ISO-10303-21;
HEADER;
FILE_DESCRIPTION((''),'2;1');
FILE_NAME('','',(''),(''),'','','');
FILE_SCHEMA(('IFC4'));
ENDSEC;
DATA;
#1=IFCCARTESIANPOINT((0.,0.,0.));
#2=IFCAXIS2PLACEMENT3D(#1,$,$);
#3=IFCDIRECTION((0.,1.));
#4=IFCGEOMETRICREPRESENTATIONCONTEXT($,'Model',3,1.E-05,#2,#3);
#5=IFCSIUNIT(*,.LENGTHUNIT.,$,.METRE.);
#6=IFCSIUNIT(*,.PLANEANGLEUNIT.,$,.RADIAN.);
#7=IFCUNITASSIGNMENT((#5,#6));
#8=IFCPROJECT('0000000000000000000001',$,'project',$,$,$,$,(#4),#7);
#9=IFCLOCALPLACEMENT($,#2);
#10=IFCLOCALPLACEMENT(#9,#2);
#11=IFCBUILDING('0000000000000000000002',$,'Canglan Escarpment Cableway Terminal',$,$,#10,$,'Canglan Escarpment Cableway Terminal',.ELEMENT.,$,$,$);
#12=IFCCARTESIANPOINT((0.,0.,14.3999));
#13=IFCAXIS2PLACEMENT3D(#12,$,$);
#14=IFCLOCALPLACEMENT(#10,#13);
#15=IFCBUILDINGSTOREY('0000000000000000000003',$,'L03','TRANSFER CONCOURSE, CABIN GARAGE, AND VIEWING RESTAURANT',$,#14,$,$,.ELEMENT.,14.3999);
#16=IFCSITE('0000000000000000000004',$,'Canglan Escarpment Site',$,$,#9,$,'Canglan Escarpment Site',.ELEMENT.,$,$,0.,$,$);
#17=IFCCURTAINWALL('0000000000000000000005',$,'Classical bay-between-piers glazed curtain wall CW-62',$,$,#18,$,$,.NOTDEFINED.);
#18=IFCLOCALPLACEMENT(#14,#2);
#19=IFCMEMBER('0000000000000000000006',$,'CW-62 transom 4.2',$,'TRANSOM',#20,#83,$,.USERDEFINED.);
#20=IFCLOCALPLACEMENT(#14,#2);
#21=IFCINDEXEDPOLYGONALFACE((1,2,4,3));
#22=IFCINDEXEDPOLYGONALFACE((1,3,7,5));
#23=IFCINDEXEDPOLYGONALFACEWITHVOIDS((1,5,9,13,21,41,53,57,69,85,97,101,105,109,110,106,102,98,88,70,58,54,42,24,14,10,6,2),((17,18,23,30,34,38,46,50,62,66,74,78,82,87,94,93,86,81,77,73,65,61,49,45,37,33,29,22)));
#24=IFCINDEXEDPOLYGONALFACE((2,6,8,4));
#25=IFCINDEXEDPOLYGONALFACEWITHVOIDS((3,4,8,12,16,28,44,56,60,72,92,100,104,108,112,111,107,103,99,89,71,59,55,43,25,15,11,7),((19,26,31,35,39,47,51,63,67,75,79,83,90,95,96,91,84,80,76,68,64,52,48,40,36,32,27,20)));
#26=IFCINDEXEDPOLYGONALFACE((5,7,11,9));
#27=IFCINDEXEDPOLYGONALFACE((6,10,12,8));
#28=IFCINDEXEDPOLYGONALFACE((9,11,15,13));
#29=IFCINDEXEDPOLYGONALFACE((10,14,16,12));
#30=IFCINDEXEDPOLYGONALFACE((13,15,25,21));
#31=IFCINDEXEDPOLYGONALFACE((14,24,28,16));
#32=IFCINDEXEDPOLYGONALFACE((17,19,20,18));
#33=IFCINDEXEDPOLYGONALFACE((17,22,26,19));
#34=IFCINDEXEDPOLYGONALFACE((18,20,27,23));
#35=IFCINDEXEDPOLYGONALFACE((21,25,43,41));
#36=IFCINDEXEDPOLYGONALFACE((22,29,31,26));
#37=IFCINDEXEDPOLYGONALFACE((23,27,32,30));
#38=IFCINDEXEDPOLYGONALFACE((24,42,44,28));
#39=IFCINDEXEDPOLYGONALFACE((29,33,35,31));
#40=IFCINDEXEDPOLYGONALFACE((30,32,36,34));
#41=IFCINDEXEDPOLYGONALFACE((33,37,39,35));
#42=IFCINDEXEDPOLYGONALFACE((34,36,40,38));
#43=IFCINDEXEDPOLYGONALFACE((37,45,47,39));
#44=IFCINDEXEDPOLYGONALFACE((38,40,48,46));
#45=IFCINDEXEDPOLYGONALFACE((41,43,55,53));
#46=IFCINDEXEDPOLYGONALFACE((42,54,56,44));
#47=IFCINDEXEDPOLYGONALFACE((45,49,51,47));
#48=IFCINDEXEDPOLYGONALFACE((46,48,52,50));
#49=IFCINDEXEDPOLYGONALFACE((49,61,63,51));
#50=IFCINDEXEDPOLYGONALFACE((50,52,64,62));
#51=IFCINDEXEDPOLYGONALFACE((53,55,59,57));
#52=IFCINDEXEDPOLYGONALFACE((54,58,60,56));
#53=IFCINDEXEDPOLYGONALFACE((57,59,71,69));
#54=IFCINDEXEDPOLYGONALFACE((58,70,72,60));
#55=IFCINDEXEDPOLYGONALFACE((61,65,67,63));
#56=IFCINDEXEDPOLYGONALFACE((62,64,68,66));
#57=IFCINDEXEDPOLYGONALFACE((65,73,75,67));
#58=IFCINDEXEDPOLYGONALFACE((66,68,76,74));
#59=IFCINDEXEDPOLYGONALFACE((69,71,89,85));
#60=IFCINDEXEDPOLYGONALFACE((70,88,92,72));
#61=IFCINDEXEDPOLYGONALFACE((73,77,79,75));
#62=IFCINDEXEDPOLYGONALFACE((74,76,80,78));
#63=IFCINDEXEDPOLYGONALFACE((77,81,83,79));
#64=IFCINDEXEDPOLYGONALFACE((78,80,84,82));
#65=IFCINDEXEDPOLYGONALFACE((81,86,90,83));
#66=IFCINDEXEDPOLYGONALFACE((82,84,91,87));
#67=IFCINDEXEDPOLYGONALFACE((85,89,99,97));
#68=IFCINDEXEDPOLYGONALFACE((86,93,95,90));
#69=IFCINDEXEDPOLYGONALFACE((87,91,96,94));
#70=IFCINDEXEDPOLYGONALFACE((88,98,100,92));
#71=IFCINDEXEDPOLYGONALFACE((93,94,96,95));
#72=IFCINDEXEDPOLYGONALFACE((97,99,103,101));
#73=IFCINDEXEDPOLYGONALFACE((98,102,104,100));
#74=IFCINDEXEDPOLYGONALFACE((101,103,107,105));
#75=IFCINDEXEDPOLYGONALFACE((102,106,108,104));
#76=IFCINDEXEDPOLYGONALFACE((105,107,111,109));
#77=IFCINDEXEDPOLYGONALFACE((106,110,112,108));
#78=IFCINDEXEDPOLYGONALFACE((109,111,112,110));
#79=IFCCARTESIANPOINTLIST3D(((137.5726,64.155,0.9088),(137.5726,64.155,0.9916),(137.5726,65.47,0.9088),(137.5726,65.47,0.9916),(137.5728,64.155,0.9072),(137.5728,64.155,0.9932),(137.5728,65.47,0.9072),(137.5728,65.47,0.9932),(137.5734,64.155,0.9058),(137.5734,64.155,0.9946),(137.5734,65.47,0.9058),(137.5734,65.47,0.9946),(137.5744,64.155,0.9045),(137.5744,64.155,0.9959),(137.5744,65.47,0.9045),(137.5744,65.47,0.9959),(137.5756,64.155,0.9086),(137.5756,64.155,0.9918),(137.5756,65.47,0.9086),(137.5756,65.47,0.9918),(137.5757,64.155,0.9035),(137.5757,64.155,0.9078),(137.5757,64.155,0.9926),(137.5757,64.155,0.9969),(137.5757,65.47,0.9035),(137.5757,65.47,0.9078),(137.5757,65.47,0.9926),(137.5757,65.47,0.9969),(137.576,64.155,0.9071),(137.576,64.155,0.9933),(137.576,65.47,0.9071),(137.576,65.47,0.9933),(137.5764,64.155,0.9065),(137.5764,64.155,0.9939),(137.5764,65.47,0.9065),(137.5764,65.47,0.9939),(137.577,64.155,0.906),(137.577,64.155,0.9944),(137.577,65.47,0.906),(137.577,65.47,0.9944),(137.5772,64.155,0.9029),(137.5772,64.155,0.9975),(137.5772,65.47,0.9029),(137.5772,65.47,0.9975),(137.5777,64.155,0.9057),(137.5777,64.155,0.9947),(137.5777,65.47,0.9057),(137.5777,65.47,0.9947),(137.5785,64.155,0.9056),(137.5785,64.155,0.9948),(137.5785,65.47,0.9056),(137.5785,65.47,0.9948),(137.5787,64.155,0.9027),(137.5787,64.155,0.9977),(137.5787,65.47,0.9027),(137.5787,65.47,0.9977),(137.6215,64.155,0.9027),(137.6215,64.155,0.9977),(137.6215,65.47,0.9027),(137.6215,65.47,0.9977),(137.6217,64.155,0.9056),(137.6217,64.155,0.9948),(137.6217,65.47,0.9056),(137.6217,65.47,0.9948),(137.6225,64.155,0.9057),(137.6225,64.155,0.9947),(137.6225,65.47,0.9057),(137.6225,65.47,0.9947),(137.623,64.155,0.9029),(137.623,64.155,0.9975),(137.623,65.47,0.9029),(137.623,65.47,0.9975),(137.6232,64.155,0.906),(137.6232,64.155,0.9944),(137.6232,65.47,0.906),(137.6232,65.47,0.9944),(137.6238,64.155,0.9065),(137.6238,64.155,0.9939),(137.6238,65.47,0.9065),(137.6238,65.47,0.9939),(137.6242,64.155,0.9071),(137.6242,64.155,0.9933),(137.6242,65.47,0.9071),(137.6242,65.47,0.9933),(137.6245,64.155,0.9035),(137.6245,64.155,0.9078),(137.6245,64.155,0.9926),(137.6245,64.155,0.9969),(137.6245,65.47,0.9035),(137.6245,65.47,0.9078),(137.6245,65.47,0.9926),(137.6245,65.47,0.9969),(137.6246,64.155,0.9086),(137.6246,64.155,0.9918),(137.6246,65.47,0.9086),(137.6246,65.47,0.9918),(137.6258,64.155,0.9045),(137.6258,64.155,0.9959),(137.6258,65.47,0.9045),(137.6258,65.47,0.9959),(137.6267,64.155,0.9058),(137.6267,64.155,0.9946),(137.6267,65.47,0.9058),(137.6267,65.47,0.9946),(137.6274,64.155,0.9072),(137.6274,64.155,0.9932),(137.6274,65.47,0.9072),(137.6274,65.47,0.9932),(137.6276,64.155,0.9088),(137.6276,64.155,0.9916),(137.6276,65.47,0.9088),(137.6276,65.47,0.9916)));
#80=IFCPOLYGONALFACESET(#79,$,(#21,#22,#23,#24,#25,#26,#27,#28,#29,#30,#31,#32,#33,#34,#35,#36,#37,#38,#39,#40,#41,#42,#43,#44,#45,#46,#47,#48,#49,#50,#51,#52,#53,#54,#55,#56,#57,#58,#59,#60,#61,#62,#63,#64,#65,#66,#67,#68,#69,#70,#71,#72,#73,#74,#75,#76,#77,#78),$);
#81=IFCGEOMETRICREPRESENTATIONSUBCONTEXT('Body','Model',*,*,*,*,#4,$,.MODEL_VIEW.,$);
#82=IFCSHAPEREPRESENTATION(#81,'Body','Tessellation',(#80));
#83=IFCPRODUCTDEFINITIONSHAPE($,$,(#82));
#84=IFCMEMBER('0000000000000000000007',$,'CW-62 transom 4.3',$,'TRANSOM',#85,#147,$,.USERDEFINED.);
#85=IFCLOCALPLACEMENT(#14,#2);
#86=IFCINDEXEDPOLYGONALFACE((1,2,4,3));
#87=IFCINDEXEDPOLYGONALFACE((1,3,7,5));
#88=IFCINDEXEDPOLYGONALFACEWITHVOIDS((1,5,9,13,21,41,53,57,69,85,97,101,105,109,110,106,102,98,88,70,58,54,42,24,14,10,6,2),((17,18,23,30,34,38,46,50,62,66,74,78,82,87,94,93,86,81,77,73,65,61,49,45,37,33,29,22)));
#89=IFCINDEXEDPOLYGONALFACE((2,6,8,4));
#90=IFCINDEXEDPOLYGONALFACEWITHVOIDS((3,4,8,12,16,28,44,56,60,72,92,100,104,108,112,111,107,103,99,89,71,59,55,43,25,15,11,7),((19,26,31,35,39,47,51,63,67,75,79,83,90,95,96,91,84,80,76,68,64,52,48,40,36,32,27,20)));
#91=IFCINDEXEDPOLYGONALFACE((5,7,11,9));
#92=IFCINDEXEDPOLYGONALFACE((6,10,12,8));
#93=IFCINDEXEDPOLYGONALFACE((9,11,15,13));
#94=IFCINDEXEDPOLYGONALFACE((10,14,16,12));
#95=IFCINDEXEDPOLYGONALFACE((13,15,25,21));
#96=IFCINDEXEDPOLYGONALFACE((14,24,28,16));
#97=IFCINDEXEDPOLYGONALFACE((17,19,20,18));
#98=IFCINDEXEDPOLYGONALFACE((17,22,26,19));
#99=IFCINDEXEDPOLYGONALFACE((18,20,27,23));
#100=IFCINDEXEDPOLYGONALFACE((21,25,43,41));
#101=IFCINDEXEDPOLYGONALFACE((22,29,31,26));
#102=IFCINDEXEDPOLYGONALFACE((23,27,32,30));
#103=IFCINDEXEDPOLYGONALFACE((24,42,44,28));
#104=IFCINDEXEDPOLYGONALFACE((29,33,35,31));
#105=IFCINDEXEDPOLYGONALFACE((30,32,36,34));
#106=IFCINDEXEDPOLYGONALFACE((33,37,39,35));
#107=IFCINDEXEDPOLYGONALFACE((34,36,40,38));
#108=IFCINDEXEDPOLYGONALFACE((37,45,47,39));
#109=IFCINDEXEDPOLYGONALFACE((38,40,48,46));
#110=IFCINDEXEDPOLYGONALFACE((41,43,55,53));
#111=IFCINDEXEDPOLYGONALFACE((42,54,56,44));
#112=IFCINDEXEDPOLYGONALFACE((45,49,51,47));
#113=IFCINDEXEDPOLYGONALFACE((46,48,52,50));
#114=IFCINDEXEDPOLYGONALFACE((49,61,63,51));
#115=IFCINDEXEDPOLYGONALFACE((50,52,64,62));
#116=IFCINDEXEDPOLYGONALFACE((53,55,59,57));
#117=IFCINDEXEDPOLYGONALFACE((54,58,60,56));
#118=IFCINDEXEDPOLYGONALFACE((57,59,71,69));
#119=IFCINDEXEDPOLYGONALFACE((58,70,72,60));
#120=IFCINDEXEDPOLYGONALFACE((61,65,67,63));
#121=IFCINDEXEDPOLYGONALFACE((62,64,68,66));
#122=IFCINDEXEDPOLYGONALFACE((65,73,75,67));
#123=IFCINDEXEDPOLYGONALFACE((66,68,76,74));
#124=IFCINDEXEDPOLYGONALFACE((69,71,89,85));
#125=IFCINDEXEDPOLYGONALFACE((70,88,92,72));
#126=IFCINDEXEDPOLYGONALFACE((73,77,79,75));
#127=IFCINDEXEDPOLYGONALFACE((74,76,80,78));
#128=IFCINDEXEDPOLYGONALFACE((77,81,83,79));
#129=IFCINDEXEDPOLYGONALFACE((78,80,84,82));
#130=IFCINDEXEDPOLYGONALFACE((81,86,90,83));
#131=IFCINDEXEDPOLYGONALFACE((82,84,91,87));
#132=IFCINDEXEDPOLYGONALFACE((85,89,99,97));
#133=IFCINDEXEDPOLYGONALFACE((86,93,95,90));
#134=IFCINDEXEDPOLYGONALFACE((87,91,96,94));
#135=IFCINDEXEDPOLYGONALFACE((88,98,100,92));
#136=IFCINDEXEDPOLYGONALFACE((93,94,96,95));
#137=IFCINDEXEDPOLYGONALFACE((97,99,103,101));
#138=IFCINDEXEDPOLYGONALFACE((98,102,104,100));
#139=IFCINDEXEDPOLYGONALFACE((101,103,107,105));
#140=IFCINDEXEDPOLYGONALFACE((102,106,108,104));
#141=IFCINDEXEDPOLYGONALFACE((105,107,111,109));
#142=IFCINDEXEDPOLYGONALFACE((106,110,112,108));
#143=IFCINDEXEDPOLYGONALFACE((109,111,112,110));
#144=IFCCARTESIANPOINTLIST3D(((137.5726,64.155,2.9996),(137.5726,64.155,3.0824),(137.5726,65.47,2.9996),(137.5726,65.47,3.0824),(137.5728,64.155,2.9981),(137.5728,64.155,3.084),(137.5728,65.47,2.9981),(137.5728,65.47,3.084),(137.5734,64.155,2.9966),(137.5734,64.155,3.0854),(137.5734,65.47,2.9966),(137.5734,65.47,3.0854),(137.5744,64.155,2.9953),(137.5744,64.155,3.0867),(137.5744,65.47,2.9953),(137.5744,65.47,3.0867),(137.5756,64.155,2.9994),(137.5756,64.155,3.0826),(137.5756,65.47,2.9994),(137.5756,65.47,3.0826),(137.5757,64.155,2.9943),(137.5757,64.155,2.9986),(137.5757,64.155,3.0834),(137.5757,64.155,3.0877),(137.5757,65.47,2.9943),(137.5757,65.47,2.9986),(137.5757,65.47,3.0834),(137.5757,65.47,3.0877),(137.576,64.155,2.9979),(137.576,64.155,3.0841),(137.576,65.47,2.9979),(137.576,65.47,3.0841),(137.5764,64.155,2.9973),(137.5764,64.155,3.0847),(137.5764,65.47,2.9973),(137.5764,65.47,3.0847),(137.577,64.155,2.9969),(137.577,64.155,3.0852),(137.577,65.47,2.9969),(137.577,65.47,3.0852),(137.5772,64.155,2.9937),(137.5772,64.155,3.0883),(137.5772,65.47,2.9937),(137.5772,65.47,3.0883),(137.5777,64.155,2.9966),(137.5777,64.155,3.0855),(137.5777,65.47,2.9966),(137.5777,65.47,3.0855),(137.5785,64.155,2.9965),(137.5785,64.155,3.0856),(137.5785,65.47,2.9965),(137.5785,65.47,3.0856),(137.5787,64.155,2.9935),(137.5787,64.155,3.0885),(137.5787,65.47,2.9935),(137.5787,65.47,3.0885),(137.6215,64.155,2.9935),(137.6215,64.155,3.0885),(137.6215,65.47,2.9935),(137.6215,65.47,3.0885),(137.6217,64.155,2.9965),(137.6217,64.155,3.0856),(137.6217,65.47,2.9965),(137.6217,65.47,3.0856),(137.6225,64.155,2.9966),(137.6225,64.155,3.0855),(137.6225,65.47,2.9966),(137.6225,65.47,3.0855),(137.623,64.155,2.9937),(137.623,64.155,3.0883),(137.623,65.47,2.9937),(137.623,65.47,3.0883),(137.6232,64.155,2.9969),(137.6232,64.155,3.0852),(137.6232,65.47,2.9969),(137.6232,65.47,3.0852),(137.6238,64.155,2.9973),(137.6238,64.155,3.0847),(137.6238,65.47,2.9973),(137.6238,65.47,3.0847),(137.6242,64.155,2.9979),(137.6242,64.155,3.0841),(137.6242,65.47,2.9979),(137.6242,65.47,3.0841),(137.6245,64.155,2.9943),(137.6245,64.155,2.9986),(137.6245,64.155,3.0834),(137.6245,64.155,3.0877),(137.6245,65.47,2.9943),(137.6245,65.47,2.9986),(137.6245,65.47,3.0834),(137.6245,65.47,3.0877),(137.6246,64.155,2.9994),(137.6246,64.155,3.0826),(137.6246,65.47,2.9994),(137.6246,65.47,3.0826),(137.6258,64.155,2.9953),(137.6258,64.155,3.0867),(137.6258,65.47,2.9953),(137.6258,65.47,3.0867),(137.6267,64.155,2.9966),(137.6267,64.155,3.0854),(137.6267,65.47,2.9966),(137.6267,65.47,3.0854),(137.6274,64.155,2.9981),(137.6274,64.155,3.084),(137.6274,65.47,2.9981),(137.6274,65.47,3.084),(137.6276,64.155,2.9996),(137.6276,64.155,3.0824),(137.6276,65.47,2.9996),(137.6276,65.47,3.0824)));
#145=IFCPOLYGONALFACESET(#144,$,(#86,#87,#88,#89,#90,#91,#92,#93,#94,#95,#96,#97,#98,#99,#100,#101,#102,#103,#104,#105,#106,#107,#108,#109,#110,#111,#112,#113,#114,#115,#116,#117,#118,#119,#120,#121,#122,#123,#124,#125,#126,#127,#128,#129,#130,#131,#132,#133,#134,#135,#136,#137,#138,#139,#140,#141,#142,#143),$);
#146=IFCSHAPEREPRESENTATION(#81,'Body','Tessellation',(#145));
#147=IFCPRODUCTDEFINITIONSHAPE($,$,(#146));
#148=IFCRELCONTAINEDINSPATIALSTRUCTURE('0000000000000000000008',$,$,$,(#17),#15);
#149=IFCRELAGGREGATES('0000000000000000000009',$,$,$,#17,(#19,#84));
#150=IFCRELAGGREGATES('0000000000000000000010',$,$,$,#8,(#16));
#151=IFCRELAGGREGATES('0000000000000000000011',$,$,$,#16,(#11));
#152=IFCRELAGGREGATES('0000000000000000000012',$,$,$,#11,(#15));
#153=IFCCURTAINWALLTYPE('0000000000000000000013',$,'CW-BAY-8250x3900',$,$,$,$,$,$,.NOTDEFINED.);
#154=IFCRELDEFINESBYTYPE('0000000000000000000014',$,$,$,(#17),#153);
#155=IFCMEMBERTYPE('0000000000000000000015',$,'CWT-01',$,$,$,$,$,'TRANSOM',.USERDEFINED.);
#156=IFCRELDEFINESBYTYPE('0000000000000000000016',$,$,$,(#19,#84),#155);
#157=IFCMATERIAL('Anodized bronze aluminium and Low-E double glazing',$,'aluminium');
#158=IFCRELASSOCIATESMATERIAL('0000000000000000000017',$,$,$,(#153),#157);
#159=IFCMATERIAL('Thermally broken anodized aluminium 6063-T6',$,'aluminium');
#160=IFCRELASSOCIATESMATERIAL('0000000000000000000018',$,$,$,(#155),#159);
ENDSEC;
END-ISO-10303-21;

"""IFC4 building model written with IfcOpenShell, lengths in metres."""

from ifc_helpers import new_model, si_unit, direction, frame, origin, origin_2d, place, context, subcontext, project, spatial, hollow_rectangle, extrude, material, material_profile, profile_set, type_object, element, aggregate, save


model = new_model("IFC4")

# Units and contexts
model_context = context("Model", 3, precision=1e-05, world=origin(), true_north=direction((0.0, 1.0)))
body_context = subcontext(model_context, "Body", "Model", "MODEL_VIEW")
ifc_project = project(units=[si_unit("LENGTHUNIT", "METRE"), si_unit("PLANEANGLEUNIT", "RADIAN")], contexts=[model_context])

# Site, building, storey
site_placement = place(None, origin())
site = spatial("IfcSite", under=ifc_project, at=site_placement, Name="Canglan Escarpment Site", LongName="Canglan Escarpment Site", CompositionType="ELEMENT", RefElevation=0.0)
building_placement = place(site_placement, origin())
building = spatial("IfcBuilding", under=site, at=building_placement, Name="Canglan Escarpment Cableway Terminal", LongName="Canglan Escarpment Cableway Terminal", CompositionType="ELEMENT")
storey_placement = place(building_placement, frame((0.0, 0.0, 14.3999)))
storey = spatial("IfcBuildingStorey", under=building, at=storey_placement, Name="L03", Description="TRANSFER CONCOURSE, CABIN GARAGE, AND VIEWING RESTAURANT", CompositionType="ELEMENT", Elevation=14.3999)

# Curtain wall, members
ifc_material_1 = material(Name="Anodized bronze aluminium and Low-E double glazing", Category="aluminium")
curtain_wall_type = type_object("IfcCurtainWallType", Name="CW-BAY-8250x3900", PredefinedType="NOTDEFINED", material=ifc_material_1)
curtain_wall_placement = place(storey_placement, origin())
curtain_wall = element("IfcCurtainWall", 1, at=curtain_wall_placement, inside=storey, type_object=curtain_wall_type, Name="Classical bay-between-piers glazed curtain wall CW-62", PredefinedType="NOTDEFINED")
ifc_material_2 = material(Name="Thermally broken anodized aluminium 6063-T6", Category="aluminium")
ifc_material_profile_1 = material_profile(ifc_material_2, hollow_rectangle(XDim=0.0549, YDim=0.095, WallThickness=0.0029, InnerFilletRadius=0.0029, OuterFilletRadius=0.0061, at=origin_2d()), Name="ALU-TRAN 55x95x3")
ifc_profile_set_1 = profile_set([ifc_material_profile_1], Name="Thermally broken anodized aluminium 6063-T6")
member_type_1 = type_object("IfcMemberType", Name="CWT-01", ElementType="TRANSOM", PredefinedType="USERDEFINED", material=ifc_profile_set_1)
member_1_placement = place(storey_placement, frame((137.6001, 65.47, 0.9502), z_axis=(0.0, -1.0, 0.0), x_axis=(1.0, 0.0, 0.0)))
member_1 = element("IfcMember", 2, at=member_1_placement, type_object=member_type_1, Name="CW-62 transom 4.2", ObjectType="TRANSOM", PredefinedType="USERDEFINED", context=body_context, shape_type="SweptSolid", body=[
    extrude(hollow_rectangle(XDim=0.0549, YDim=0.095, WallThickness=0.0029, InnerFilletRadius=0.0029, OuterFilletRadius=0.0061, at=origin_2d()), origin(), (0.0, 0.0, 1.0), 1.3149),
])
member_2_placement = place(storey_placement, frame((137.6001, 65.47, 3.041), z_axis=(0.0, -1.0, 0.0), x_axis=(1.0, 0.0, 0.0)))
member_2 = element("IfcMember", 3, at=member_2_placement, type_object=member_type_1, Name="CW-62 transom 4.3", ObjectType="TRANSOM", PredefinedType="USERDEFINED", context=body_context, shape_type="SweptSolid", body=[
    extrude(hollow_rectangle(XDim=0.0549, YDim=0.095, WallThickness=0.0029, InnerFilletRadius=0.0029, OuterFilletRadius=0.0061, at=origin_2d()), origin(), (0.0, 0.0, 1.0), 1.3149),
])
aggregate(curtain_wall, [member_1, member_2])

save(model, "model.ifc")
